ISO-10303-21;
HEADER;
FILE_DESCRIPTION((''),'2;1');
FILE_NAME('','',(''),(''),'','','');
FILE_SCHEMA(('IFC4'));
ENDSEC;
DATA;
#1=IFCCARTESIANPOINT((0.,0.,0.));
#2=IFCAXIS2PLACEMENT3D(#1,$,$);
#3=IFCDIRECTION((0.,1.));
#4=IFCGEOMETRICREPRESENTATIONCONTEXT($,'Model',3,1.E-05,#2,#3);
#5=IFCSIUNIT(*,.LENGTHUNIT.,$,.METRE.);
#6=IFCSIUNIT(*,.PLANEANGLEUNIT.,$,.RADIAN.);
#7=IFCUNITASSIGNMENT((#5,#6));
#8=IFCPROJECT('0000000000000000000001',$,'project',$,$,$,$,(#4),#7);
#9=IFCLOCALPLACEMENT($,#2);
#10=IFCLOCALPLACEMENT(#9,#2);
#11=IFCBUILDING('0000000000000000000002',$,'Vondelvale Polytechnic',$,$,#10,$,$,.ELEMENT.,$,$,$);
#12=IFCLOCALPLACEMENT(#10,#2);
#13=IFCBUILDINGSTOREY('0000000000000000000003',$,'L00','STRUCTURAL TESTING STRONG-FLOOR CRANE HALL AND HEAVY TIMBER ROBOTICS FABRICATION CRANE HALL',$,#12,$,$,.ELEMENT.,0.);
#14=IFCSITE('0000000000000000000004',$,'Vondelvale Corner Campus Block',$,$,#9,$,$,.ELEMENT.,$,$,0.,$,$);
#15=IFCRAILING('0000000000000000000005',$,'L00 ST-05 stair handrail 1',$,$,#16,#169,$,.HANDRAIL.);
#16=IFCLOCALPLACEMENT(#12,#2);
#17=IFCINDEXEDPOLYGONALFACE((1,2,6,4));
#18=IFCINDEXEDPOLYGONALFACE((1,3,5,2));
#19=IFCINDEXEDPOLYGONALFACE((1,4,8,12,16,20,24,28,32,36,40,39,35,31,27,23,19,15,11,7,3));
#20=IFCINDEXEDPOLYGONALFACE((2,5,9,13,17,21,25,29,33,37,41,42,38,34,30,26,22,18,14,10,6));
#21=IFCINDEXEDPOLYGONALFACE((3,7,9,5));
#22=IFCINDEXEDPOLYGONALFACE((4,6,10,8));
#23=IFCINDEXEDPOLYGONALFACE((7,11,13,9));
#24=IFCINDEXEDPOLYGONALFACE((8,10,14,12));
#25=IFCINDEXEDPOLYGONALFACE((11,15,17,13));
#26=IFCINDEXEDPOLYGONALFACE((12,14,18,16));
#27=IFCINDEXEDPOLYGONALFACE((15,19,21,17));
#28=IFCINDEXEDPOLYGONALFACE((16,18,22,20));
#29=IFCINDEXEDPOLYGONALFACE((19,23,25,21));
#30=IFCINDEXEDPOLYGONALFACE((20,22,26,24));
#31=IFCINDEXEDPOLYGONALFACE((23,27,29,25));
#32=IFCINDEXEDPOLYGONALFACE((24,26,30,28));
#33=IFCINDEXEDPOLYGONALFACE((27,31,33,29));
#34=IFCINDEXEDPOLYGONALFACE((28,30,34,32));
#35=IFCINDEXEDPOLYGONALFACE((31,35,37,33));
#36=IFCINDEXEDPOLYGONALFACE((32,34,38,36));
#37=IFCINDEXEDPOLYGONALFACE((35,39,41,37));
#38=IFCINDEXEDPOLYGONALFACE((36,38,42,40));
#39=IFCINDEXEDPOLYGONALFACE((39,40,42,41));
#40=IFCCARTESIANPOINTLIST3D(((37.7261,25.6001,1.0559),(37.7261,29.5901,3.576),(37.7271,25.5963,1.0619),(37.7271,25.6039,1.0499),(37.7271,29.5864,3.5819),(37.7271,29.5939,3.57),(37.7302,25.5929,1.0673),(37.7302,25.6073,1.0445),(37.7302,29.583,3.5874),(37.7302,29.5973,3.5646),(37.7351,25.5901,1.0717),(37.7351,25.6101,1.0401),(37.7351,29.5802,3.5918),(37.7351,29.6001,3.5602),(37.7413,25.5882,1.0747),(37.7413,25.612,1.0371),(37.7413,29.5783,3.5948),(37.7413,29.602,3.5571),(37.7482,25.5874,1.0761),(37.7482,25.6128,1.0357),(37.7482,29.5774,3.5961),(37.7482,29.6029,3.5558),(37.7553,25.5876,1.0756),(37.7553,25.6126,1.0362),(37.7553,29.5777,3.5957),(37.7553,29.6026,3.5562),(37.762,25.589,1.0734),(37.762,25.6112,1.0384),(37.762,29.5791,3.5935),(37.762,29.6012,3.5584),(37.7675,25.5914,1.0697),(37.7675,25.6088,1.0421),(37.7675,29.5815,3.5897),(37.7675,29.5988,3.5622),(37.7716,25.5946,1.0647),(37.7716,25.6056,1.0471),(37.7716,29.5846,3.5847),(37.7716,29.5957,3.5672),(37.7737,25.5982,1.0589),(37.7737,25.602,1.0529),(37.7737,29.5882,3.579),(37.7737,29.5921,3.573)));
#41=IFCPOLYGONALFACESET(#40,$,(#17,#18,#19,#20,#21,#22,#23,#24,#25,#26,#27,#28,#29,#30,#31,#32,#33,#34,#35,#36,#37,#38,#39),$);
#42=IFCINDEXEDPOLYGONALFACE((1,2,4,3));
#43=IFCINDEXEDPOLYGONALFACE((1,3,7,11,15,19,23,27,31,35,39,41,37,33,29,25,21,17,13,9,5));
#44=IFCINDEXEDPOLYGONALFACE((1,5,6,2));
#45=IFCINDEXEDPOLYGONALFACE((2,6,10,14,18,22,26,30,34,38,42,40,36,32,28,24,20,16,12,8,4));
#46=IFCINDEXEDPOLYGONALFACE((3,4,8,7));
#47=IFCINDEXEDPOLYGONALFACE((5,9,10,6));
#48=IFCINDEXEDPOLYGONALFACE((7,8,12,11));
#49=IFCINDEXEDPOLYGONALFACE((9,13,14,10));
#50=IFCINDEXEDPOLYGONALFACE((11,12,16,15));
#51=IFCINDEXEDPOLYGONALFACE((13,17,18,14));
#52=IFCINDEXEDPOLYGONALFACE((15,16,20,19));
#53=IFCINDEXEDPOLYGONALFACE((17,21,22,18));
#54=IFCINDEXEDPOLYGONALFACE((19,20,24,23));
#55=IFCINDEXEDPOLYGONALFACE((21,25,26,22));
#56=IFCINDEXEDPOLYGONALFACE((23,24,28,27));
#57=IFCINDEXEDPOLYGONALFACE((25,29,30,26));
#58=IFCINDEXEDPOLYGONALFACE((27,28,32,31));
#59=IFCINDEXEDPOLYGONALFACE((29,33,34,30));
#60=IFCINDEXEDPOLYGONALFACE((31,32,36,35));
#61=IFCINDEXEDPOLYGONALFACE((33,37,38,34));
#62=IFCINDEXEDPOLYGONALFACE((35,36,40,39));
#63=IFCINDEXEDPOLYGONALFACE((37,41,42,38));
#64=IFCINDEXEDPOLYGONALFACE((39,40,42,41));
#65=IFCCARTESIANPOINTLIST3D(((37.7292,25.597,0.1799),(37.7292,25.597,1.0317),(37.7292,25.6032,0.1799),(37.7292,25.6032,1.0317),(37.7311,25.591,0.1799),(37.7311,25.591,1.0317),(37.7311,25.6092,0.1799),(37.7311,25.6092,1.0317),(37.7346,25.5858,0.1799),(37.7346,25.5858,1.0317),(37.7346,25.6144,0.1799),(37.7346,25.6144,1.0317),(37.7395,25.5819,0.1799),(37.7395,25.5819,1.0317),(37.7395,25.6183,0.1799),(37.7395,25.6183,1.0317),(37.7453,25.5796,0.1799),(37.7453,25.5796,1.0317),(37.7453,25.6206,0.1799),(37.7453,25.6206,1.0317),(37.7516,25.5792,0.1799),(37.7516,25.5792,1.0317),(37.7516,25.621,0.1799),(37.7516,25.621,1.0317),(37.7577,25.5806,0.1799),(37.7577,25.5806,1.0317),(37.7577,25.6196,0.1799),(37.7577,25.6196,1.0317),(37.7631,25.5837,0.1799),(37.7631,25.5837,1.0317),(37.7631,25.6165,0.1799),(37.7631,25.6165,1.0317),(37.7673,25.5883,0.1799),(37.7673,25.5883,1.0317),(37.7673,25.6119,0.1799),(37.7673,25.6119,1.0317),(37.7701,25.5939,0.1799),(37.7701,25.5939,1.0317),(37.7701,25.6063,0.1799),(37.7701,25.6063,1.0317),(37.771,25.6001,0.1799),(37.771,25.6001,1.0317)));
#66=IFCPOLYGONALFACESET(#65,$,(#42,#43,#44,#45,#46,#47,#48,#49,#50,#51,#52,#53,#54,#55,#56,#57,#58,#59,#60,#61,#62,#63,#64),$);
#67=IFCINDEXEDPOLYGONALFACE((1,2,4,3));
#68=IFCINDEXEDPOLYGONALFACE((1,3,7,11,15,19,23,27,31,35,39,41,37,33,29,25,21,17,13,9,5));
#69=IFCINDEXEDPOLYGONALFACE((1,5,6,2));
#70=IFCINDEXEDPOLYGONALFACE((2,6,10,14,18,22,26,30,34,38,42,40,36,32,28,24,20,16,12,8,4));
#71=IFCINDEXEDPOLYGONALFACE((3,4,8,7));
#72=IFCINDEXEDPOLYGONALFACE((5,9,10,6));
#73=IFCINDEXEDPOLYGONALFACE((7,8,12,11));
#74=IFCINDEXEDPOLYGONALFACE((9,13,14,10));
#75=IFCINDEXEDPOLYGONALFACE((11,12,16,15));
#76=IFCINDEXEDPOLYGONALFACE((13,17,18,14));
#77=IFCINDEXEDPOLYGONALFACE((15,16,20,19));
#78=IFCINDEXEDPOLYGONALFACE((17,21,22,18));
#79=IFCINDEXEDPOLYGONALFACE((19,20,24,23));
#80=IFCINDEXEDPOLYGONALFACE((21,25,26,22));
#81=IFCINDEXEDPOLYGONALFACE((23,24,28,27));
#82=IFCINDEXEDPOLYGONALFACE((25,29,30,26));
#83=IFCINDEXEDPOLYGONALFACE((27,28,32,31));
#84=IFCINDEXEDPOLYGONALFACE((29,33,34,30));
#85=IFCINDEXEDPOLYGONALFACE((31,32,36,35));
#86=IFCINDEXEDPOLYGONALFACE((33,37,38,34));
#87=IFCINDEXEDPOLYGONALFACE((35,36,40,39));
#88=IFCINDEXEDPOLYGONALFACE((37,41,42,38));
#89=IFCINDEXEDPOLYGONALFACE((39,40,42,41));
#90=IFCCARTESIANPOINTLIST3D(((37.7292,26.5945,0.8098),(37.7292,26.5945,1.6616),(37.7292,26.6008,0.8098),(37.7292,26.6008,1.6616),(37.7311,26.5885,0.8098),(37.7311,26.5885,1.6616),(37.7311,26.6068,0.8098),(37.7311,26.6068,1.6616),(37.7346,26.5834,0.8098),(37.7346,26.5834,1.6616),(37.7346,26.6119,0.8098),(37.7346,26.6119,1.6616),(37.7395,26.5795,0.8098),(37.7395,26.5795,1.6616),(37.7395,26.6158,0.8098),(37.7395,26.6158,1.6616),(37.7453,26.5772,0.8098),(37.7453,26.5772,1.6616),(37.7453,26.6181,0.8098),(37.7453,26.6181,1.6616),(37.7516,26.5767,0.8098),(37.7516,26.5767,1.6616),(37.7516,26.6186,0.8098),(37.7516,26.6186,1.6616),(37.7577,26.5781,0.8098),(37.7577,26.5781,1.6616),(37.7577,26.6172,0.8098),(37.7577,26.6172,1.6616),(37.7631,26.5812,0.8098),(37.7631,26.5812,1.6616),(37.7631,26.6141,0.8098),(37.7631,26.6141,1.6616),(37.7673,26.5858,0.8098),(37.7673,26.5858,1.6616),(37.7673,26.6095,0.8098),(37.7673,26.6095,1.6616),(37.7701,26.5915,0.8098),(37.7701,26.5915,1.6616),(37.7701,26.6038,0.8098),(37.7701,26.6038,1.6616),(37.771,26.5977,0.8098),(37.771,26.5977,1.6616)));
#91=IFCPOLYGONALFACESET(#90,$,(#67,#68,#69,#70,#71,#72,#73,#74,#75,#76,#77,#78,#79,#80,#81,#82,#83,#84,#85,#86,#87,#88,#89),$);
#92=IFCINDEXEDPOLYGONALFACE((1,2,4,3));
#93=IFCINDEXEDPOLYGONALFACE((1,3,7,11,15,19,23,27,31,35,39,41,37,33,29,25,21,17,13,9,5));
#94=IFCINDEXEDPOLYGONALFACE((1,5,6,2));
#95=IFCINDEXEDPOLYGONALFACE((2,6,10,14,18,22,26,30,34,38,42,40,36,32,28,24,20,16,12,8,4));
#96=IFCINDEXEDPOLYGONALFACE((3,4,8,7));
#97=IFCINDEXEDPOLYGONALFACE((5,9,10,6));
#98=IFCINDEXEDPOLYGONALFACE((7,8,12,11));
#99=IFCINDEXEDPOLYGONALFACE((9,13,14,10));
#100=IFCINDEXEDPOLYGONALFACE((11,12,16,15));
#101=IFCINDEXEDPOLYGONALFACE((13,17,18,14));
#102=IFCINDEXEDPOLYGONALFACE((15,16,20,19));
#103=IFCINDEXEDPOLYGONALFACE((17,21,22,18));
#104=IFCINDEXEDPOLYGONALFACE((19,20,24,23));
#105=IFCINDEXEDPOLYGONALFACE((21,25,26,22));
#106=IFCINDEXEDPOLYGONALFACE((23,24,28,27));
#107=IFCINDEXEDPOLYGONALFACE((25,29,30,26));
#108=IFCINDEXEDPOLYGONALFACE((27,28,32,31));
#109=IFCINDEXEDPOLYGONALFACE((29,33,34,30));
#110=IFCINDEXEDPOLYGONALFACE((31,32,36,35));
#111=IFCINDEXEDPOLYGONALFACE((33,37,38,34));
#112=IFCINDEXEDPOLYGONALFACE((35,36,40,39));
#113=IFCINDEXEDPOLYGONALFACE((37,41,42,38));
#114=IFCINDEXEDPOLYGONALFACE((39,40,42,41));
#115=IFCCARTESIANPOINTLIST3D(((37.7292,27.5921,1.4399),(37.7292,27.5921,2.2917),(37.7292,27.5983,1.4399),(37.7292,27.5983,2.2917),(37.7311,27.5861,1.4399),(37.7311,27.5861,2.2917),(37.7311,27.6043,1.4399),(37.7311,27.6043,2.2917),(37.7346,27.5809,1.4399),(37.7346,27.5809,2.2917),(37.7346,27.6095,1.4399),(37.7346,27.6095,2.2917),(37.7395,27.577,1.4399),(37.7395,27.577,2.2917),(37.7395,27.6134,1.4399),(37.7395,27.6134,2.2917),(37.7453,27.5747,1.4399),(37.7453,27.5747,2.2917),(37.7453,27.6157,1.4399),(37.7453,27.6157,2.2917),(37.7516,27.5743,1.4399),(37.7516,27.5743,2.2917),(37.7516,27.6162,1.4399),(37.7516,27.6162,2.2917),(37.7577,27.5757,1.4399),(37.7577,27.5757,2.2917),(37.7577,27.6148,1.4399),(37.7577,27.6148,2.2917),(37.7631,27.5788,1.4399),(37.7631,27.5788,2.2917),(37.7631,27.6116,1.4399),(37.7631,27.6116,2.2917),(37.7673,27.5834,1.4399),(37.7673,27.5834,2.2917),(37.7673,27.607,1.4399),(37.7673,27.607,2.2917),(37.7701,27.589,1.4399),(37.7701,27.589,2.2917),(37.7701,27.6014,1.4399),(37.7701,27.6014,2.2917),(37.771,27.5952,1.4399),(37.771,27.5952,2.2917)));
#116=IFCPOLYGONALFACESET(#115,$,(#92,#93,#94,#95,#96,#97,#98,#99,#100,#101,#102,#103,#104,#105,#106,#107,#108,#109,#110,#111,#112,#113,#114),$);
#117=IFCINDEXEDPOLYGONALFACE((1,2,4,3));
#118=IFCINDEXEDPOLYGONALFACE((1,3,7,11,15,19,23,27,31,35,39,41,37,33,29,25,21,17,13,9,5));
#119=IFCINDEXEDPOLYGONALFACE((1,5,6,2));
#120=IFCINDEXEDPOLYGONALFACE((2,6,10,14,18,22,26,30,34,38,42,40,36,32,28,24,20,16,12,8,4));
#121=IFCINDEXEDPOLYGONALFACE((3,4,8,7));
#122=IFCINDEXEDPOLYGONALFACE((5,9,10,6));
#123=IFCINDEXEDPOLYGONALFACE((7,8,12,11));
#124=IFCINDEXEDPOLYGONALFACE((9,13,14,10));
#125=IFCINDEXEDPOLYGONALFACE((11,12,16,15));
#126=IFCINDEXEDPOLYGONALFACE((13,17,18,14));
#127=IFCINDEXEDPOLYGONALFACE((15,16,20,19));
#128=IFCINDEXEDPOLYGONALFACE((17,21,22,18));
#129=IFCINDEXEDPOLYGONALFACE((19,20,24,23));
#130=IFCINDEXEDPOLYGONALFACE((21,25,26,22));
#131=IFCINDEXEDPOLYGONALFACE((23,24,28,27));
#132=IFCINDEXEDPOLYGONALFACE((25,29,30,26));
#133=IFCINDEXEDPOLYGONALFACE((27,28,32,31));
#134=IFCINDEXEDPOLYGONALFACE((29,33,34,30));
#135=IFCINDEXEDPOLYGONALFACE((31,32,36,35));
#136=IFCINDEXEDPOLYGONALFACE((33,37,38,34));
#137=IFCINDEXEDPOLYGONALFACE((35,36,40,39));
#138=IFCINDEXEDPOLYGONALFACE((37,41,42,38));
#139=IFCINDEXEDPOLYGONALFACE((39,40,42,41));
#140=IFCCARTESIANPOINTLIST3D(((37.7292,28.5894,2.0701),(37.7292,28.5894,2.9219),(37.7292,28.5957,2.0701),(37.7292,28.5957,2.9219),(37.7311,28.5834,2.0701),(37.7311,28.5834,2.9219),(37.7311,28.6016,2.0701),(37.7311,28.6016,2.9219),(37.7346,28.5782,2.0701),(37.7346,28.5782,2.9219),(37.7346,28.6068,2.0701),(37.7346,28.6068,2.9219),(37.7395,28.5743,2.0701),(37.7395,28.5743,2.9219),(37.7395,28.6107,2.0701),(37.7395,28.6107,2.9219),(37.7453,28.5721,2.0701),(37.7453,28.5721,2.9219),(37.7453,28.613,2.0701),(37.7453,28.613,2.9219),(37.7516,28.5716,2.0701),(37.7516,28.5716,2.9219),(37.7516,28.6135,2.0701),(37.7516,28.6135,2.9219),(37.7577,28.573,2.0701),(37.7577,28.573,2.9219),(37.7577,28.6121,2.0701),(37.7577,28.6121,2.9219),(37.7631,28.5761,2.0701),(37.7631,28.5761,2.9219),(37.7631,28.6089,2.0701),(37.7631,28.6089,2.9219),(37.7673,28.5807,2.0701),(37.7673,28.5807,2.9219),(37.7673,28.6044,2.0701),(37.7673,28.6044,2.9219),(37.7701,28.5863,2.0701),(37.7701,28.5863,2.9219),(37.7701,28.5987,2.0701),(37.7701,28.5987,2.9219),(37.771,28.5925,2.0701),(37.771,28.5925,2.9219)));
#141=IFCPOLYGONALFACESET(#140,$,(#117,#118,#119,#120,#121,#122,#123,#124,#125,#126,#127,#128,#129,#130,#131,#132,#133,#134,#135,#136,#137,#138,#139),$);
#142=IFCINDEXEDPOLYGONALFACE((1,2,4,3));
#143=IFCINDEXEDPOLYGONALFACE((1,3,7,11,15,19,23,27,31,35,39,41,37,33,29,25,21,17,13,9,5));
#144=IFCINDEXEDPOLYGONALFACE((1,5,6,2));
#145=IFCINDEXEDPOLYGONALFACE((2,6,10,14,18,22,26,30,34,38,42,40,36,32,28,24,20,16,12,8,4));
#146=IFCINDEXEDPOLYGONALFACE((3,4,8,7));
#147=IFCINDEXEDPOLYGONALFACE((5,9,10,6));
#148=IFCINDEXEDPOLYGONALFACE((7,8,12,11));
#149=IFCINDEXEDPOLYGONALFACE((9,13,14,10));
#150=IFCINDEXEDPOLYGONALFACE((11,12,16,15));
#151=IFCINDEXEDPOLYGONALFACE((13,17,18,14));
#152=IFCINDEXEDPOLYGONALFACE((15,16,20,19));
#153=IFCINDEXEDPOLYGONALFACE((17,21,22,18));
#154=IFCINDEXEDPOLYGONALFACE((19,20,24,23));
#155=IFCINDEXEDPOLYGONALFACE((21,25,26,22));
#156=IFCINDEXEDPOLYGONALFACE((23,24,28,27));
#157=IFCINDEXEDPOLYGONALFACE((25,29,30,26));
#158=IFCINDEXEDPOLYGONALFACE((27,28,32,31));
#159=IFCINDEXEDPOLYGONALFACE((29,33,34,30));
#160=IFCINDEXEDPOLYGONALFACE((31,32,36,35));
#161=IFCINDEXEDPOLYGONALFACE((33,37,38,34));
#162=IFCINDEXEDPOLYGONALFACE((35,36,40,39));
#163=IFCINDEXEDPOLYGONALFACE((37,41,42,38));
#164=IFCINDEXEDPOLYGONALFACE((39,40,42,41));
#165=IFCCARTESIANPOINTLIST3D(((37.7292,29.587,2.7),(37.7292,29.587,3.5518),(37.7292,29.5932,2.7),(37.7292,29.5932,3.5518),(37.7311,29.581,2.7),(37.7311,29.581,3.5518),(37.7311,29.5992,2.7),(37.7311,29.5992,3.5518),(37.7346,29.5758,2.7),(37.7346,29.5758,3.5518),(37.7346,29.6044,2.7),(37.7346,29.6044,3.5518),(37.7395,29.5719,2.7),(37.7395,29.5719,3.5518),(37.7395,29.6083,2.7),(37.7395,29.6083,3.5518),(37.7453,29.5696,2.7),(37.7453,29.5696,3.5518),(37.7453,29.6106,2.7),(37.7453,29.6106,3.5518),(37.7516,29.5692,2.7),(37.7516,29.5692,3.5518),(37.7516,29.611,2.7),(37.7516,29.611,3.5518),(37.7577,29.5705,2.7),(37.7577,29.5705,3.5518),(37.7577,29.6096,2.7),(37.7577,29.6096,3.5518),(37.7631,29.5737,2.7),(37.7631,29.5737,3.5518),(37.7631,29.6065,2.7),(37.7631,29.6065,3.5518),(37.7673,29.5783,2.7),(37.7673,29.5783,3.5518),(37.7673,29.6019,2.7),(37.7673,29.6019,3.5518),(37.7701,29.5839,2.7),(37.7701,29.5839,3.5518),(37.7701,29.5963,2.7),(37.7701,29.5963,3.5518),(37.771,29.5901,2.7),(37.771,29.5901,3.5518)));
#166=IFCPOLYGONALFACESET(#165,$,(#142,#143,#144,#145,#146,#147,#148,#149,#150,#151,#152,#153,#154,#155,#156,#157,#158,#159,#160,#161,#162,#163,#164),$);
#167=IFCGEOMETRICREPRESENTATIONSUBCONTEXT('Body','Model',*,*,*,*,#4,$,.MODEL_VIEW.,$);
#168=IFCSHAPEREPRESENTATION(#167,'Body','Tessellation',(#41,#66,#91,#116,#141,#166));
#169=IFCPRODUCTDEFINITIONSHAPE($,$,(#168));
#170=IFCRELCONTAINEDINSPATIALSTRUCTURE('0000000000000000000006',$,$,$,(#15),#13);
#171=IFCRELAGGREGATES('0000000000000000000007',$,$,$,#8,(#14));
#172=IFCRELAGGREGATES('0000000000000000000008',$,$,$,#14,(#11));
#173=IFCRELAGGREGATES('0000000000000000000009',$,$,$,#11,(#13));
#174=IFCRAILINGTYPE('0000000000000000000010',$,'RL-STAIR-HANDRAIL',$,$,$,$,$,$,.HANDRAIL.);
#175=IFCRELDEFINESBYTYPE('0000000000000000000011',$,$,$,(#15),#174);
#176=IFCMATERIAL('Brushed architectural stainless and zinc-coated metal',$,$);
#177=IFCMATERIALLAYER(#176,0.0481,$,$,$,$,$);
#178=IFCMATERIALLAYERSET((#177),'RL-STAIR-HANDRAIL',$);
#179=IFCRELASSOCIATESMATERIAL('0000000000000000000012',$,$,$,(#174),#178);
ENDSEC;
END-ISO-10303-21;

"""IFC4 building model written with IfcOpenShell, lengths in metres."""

from ifc_helpers import new_model, si_unit, direction, frame, origin, origin_2d, place, context, subcontext, project, spatial, circle, extrude, material, layer, layer_set, type_object, element, save


model = new_model("IFC4")

# Units and contexts
model_context = context("Model", 3, precision=1e-05, world=origin(), true_north=direction((0.0, 1.0)))
body_context = subcontext(model_context, "Body", "Model", "MODEL_VIEW")
ifc_project = project(units=[si_unit("LENGTHUNIT", "METRE"), si_unit("PLANEANGLEUNIT", "RADIAN")], contexts=[model_context])

# Site, building, storey
site_placement = place(None, origin())
site = spatial("IfcSite", under=ifc_project, at=site_placement, Name="Vondelvale Corner Campus Block", CompositionType="ELEMENT", RefElevation=0.0)
building_placement = place(site_placement, origin())
building = spatial("IfcBuilding", under=site, at=building_placement, Name="Vondelvale Polytechnic", CompositionType="ELEMENT")
storey_placement = place(building_placement, origin())
storey = spatial("IfcBuildingStorey", under=building, at=storey_placement, Name="L00", Description="STRUCTURAL TESTING STRONG-FLOOR CRANE HALL AND HEAVY TIMBER ROBOTICS FABRICATION CRANE HALL", CompositionType="ELEMENT", Elevation=0.0)

# Shared definitions
ifc_material_1 = material(Name="Brushed architectural stainless and zinc-coated metal")

# Railing
ifc_layer_1 = layer(ifc_material_1, 0.0481)
ifc_layer_set_1 = layer_set([ifc_layer_1], Name="RL-STAIR-HANDRAIL")
railing_type_1 = type_object("IfcRailingType", Name="RL-STAIR-HANDRAIL", PredefinedType="HANDRAIL", material=ifc_layer_set_1)
railing_1_placement = place(storey_placement, frame((37.75, 25.6001, 0.1799)))
element("IfcRailing", 1, at=railing_1_placement, inside=storey, type_object=railing_type_1, Name="L00 ST-05 stair handrail 1", PredefinedType="HANDRAIL", context=body_context, shape_type="SweptSolid", body=[
    extrude(circle(Radius=0.0239, at=origin_2d()), frame((0.0, 0.0, 0.876), z_axis=(0.0, 0.845486, 0.533997), x_axis=(-1.0, 0.0, 0.0)), (0.0, 0.0, 1.0), 4.7192),
    extrude(circle(Radius=0.021, at=origin_2d()), origin(), (0.0, 0.0, 1.0), 0.8518),
    extrude(circle(Radius=0.021, at=origin_2d()), frame((0.0, 0.9976, 0.6299)), (0.0, 0.0, 1.0), 0.8518),
    extrude(circle(Radius=0.021, at=origin_2d()), frame((0.0, 1.9951, 1.26)), (0.0, 0.0, 1.0), 0.8518),
    extrude(circle(Radius=0.021, at=origin_2d()), frame((0.0, 2.9924, 1.8901)), (0.0, 0.0, 1.0), 0.8518),
    extrude(circle(Radius=0.021, at=origin_2d()), frame((0.0, 3.99, 2.52)), (0.0, 0.0, 1.0), 0.8518),
])

save(model, "model.ifc")
